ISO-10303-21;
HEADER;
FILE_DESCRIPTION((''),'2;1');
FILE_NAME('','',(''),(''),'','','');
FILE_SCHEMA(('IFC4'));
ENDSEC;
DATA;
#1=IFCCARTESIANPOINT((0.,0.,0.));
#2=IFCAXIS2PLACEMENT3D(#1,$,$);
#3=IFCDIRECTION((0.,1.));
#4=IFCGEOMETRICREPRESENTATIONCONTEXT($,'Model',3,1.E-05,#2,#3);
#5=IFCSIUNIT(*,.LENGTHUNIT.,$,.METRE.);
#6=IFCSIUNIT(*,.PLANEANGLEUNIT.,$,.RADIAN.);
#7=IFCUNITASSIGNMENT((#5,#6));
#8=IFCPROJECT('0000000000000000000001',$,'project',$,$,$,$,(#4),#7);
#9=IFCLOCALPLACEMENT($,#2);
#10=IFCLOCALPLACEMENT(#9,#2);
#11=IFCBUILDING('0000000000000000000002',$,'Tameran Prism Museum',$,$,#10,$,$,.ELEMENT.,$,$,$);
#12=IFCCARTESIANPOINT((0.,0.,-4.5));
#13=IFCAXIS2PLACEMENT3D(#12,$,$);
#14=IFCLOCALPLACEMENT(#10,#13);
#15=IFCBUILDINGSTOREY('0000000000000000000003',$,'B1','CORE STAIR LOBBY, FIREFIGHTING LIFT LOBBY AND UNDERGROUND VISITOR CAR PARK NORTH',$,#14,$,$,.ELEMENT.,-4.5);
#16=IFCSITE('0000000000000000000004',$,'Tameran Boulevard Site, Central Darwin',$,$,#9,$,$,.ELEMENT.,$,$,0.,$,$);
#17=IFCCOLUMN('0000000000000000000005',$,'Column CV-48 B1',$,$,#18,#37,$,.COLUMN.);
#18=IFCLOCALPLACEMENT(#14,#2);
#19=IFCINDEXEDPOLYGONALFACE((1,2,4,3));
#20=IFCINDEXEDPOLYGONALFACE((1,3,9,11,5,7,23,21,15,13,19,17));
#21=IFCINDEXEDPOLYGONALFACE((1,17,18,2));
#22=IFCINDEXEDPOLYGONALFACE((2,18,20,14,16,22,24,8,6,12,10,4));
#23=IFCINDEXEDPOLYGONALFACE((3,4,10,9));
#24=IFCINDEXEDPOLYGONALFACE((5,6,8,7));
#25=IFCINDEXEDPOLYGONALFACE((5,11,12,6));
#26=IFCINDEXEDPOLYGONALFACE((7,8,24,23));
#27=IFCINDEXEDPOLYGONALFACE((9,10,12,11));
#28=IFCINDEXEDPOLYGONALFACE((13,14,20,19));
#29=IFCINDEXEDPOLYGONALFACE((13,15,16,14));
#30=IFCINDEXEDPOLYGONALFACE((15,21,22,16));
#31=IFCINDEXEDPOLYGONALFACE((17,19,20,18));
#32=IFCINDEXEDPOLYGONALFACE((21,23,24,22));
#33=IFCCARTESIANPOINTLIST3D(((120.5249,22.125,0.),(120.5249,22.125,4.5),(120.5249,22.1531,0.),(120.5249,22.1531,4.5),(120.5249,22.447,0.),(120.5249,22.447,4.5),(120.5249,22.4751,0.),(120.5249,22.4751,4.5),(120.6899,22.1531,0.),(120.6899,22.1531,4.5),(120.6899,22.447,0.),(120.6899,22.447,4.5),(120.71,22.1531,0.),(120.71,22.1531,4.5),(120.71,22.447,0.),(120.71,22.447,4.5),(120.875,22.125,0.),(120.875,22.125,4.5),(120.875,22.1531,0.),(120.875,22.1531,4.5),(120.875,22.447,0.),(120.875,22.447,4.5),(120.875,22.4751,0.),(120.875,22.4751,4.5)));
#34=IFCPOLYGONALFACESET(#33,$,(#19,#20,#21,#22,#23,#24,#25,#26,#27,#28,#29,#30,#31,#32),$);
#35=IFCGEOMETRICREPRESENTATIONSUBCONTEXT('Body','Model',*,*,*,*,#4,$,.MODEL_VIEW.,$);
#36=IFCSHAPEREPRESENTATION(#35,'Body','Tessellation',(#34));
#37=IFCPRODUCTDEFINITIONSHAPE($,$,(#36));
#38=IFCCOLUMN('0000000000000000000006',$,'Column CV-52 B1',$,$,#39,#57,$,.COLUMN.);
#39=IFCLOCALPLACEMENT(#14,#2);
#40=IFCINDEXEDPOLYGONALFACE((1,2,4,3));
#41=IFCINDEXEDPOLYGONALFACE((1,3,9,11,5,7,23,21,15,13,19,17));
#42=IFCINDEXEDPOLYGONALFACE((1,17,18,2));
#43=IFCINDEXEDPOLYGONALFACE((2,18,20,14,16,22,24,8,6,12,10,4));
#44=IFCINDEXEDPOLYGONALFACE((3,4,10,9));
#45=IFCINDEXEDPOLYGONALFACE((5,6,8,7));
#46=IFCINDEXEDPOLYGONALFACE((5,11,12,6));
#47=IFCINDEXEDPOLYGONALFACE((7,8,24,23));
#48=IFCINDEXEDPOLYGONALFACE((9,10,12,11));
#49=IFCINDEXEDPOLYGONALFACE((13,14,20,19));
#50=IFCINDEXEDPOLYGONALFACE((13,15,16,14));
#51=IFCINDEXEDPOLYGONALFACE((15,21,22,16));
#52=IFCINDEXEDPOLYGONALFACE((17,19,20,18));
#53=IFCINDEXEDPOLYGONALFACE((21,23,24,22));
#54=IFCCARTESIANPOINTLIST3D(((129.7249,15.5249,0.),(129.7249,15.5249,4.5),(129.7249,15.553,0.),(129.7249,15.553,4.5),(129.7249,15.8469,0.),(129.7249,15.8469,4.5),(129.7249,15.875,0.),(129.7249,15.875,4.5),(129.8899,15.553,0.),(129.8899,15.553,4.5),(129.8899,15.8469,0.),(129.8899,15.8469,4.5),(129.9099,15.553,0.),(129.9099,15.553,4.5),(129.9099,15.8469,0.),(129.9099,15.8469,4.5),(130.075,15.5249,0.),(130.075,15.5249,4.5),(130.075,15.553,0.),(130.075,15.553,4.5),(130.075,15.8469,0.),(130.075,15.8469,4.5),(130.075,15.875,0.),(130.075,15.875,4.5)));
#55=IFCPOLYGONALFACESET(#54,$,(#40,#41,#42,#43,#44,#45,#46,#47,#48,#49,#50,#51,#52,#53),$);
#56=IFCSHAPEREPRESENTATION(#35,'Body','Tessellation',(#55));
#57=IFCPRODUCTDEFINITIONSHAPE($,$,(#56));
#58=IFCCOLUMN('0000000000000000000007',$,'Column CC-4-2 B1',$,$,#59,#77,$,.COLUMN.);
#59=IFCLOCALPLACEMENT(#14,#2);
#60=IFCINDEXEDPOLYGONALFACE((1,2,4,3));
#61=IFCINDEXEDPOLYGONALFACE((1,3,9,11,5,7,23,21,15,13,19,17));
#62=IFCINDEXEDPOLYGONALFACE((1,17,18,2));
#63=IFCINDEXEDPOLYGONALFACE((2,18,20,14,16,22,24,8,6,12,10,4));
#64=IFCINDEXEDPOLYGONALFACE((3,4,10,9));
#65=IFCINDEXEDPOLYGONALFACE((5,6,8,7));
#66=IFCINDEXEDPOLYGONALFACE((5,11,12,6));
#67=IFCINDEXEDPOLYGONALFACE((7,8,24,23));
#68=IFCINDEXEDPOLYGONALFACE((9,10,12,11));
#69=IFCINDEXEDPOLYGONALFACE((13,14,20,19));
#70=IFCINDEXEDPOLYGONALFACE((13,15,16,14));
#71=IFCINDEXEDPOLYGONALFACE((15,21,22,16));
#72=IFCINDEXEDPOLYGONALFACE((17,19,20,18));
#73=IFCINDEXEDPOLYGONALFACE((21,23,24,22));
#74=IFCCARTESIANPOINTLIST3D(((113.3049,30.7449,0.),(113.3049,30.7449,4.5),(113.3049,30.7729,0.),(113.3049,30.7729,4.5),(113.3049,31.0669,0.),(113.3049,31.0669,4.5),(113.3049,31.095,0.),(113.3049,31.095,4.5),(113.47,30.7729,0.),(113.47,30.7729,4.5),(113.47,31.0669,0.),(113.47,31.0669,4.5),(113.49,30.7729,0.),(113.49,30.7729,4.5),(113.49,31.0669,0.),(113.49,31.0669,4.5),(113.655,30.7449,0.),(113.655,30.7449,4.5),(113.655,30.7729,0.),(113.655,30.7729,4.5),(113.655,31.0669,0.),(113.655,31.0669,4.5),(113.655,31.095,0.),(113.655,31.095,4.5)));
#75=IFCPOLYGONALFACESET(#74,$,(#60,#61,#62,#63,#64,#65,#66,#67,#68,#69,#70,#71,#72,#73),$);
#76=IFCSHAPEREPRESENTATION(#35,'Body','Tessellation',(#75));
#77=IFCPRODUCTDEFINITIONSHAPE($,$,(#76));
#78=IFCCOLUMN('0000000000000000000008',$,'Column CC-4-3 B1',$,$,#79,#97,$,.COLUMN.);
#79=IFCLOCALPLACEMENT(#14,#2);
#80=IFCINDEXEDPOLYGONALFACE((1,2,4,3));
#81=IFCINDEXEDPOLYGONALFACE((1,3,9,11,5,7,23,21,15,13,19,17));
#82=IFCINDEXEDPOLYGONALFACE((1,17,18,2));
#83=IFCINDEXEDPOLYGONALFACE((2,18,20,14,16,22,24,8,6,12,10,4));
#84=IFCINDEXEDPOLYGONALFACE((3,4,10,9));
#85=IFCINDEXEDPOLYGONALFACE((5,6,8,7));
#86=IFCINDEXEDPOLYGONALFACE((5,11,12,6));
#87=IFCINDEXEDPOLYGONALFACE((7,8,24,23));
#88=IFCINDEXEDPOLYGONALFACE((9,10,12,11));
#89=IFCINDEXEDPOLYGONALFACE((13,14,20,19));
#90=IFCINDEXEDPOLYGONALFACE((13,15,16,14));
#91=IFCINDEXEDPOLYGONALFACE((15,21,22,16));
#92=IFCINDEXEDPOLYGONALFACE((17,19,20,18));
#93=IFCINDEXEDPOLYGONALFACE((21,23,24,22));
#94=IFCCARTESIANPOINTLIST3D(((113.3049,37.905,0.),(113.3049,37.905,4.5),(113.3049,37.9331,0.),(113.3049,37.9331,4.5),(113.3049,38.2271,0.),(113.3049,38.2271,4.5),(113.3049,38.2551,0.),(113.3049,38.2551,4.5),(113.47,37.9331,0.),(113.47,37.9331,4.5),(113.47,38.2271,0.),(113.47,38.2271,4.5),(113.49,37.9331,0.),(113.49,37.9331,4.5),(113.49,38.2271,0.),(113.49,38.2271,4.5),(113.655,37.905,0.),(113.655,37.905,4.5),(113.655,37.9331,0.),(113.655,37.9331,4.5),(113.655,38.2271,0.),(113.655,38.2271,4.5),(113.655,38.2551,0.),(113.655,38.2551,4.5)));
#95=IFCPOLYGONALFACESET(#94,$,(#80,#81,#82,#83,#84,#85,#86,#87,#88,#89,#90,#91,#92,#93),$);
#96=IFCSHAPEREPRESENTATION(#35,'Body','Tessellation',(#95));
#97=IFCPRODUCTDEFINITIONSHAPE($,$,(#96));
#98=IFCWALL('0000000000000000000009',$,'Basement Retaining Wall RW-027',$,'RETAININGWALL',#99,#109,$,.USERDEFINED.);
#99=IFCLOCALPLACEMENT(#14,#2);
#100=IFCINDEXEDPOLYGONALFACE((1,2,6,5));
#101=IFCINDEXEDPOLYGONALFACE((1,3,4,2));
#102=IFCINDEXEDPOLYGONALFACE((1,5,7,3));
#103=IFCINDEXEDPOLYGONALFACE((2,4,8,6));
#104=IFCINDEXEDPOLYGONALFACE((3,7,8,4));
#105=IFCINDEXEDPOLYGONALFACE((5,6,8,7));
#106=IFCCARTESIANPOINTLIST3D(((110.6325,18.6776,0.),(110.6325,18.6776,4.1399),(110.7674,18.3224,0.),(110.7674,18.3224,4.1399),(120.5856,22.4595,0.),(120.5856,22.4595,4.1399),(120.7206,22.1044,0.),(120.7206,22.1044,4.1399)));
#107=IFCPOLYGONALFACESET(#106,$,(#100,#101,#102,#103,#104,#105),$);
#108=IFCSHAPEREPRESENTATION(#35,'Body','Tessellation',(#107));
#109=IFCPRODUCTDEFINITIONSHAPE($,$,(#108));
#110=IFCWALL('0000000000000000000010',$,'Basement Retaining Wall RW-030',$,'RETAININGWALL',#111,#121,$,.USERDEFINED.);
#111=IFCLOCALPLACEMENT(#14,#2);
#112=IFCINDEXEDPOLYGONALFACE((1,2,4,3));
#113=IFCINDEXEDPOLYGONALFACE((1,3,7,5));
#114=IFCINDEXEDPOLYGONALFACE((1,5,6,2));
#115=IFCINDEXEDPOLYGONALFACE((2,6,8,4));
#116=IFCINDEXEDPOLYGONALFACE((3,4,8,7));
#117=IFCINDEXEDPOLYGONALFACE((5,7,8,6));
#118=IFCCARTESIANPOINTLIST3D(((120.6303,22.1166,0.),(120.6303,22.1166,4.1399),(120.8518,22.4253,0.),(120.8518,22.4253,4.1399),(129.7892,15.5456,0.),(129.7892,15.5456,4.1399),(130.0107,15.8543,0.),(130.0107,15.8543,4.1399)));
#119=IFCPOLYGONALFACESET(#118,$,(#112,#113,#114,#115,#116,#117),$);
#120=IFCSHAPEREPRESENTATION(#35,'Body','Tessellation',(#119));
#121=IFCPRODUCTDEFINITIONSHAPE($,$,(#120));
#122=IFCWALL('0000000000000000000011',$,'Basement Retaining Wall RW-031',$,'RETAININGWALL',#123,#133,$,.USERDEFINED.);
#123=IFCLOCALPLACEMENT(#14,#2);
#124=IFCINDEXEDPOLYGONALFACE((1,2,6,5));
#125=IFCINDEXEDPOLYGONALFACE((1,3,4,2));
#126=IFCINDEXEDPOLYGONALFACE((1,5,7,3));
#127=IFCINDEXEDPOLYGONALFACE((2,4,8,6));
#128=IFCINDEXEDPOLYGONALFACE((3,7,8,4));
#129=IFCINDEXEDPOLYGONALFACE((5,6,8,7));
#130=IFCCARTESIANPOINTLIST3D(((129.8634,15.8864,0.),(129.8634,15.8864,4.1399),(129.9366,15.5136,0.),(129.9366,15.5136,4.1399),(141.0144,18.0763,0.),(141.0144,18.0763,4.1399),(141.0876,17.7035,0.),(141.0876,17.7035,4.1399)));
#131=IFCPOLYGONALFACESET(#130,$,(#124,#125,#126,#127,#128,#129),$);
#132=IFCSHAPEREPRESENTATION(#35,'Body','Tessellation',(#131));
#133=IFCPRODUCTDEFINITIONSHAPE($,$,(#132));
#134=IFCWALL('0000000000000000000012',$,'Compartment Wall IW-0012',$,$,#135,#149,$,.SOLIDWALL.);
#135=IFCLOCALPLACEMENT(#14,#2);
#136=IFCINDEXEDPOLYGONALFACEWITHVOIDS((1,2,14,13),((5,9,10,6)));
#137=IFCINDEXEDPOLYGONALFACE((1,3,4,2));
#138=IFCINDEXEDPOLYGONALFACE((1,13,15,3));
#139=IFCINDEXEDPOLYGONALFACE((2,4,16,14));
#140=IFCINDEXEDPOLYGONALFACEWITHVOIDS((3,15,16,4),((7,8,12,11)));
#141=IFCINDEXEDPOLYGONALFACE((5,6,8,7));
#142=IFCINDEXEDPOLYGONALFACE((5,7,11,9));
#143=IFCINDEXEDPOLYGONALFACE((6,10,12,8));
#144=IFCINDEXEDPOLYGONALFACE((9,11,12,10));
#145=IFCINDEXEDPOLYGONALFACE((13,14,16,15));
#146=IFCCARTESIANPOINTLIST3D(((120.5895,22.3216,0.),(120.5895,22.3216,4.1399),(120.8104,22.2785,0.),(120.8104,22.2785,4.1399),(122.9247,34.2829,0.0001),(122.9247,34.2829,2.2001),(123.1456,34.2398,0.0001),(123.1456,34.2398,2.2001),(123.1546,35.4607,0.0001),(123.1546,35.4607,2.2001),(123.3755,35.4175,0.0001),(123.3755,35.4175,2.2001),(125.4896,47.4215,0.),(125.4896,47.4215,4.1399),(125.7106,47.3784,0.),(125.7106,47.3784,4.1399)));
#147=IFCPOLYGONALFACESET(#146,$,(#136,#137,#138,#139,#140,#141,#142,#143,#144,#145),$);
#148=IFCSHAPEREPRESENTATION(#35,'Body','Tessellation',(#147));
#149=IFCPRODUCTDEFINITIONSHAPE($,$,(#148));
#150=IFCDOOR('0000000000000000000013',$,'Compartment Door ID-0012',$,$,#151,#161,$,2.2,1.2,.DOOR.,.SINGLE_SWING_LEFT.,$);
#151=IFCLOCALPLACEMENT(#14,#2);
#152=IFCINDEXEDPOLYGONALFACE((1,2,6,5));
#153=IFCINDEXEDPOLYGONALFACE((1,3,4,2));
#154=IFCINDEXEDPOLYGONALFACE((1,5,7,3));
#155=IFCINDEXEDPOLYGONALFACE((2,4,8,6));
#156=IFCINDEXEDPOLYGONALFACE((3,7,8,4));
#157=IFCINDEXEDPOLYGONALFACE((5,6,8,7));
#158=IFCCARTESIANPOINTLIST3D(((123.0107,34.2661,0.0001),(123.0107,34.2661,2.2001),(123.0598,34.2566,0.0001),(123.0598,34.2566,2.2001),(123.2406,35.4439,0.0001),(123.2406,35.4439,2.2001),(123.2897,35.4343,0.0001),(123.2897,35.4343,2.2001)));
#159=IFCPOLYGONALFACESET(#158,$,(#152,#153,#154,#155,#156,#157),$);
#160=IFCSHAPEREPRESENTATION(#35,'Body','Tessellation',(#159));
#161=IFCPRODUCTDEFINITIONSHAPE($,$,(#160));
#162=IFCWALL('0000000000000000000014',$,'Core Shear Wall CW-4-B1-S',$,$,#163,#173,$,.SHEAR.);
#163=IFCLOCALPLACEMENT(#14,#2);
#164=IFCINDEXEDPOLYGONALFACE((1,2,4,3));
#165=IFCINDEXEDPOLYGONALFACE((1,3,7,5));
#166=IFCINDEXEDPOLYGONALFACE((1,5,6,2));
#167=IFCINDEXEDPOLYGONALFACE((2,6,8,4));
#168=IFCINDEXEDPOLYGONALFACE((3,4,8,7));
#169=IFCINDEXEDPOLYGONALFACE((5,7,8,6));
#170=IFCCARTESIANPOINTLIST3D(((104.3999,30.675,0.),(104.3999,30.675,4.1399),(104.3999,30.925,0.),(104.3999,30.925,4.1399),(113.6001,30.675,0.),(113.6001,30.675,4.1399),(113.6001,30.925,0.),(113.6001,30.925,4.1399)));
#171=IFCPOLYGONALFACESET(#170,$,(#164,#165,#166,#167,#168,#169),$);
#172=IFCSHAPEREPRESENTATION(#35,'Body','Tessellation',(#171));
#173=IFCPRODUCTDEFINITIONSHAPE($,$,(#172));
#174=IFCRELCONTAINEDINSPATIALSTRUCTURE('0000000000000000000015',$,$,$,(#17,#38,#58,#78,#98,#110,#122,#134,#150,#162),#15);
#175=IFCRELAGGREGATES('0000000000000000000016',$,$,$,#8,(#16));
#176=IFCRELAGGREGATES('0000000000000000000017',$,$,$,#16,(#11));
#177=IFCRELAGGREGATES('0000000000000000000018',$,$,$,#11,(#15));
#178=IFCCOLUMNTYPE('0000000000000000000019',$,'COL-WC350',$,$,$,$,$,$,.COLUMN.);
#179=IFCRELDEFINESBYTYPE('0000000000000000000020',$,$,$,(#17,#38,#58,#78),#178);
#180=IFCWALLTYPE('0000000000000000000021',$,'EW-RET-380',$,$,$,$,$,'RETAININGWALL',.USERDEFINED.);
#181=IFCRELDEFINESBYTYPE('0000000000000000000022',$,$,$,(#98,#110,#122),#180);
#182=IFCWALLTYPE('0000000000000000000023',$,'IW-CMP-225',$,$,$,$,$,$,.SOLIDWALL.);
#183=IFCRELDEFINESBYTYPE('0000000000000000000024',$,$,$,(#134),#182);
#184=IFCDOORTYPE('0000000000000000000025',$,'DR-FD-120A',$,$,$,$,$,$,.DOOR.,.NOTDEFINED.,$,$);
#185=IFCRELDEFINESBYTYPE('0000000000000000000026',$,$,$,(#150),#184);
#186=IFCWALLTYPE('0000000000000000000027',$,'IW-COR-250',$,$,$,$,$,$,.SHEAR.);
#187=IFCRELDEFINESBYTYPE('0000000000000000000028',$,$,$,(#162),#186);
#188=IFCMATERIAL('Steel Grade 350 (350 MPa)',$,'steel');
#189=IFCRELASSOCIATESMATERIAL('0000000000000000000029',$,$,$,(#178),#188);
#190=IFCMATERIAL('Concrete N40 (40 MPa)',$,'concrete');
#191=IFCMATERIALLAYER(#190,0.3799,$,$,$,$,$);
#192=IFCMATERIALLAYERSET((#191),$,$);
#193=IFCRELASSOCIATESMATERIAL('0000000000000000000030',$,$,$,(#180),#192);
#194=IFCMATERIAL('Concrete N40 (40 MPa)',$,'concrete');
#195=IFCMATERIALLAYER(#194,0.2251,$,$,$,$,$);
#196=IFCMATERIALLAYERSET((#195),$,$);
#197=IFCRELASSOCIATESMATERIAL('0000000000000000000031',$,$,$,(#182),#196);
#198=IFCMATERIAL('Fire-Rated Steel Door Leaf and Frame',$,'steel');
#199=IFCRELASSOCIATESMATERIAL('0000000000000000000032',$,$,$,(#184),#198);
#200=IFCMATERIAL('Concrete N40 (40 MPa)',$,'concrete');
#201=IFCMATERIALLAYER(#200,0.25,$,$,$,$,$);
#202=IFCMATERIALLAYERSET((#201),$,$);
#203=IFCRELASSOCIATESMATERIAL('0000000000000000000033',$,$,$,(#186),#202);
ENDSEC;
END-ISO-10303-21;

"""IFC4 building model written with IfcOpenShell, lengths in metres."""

from ifc_helpers import new_model, si_unit, direction, frame, frame_2d, origin, origin_2d, place, context, subcontext, project, spatial, rectangle, i_section, extrude, material, layer, layer_set, material_profile, profile_set, type_object, element, fill, save


model = new_model("IFC4")

# Units and contexts
model_context = context("Model", 3, precision=1e-05, world=origin(), true_north=direction((0.0, 1.0)))
body_context = subcontext(model_context, "Body", "Model", "MODEL_VIEW")
ifc_project = project(units=[si_unit("LENGTHUNIT", "METRE"), si_unit("PLANEANGLEUNIT", "RADIAN")], contexts=[model_context])

# Site, building, storey
site_placement = place(None, origin())
site = spatial("IfcSite", under=ifc_project, at=site_placement, Name="Tameran Boulevard Site, Central Darwin", CompositionType="ELEMENT", RefElevation=0.0)
building_placement = place(site_placement, origin())
building = spatial("IfcBuilding", under=site, at=building_placement, Name="Tameran Prism Museum", CompositionType="ELEMENT")
storey_placement = place(building_placement, frame((0.0, 0.0, -4.5)))
storey = spatial("IfcBuildingStorey", under=building, at=storey_placement, Name="B1", Description="CORE STAIR LOBBY, FIREFIGHTING LIFT LOBBY AND UNDERGROUND VISITOR CAR PARK NORTH", CompositionType="ELEMENT", Elevation=-4.5)

# Columns
ifc_material_1 = material(Name="Steel Grade 350 (350 MPa)", Category="steel")
ifc_material_profile_1 = material_profile(ifc_material_1, i_section(OverallWidth=0.3501, OverallDepth=0.3501, WebThickness=0.02, FlangeThickness=0.0281, at=origin_2d()))
ifc_profile_set_1 = profile_set([ifc_material_profile_1])
column_type = type_object("IfcColumnType", Name="COL-WC350", PredefinedType="COLUMN", material=ifc_profile_set_1)
for number, where, z_axis, x_axis, name in (
    (1, (120.7, 22.3, 0.0), (0.0, 0.0, 1.0), (1.0, 0.0, 0.0), "Column CV-48 B1"),
    (2, (129.8999, 15.7, 0.0), (0.0, 0.0, 1.0), (1.0, 0.0, 0.0), "Column CV-52 B1"),
    (3, (113.48, 30.9199, 0.0), (0.0, 0.0, 1.0), (1.0, 0.0, 0.0), "Column CC-4-2 B1"),
    (4, (113.48, 38.0801, 0.0), (0.0, 0.0, 1.0), (1.0, 0.0, 0.0), "Column CC-4-3 B1"),
):
    element("IfcColumn", number, at=place(storey_placement, frame(where, z_axis=z_axis, x_axis=x_axis)), inside=storey, type_object=column_type, Name=name, PredefinedType="COLUMN", context=body_context, shape_type="SweptSolid", body=[
        extrude(i_section(OverallWidth=0.3501, OverallDepth=0.3501, WebThickness=0.02, FlangeThickness=0.0281, at=origin_2d()), origin(), (0.0, 0.0, 1.0), 4.5),
    ])

# Walls
ifc_material_2 = material(Name="Concrete N40 (40 MPa)", Category="concrete")
ifc_layer_1 = layer(ifc_material_2, 0.3799)
ifc_layer_set_1 = layer_set([ifc_layer_1])
wall_type_1 = type_object("IfcWallType", Name="EW-RET-380", ElementType="RETAININGWALL", PredefinedType="USERDEFINED", material=ifc_layer_set_1)
wall_1_placement = place(storey_placement, frame((110.7, 18.5, 0.0), z_axis=(0.0, 0.0, 1.0), x_axis=(0.93479, 0.355201, 0.0)))
element("IfcWall", 5, at=wall_1_placement, inside=storey, type_object=wall_type_1, Name="Basement Retaining Wall RW-027", ObjectType="RETAININGWALL", PredefinedType="USERDEFINED", context=body_context, shape_type="SweptSolid", body=[
    extrude(rectangle(XDim=10.6475, YDim=0.3799, at=frame_2d((5.3237, 0.0))), origin(), (0.0, 0.0, 1.0), 4.1399),
])
wall_2_placement = place(storey_placement, frame((120.741, 22.271, 0.0), z_axis=(0.0, 0.0, 1.0), x_axis=(0.812517, -0.582937, 0.0)))
element("IfcWall", 6, at=wall_2_placement, inside=storey, type_object=wall_type_1, Name="Basement Retaining Wall RW-030", ObjectType="RETAININGWALL", PredefinedType="USERDEFINED", context=body_context, shape_type="SweptSolid", body=[
    extrude(rectangle(XDim=11.2722, YDim=0.3799, at=frame_2d((5.6362, 0.0))), origin(), (0.0, 0.0, 1.0), 4.1399),
])
wall_3_placement = place(storey_placement, frame((129.8999, 15.7, 0.0), z_axis=(0.0, 0.0, 1.0), x_axis=(0.981256, 0.192707, 0.0)))
element("IfcWall", 7, at=wall_3_placement, inside=storey, type_object=wall_type_1, Name="Basement Retaining Wall RW-031", ObjectType="RETAININGWALL", PredefinedType="USERDEFINED", context=body_context, shape_type="SweptSolid", body=[
    extrude(rectangle(XDim=11.364, YDim=0.3799, at=frame_2d((5.6821, 0.0))), origin(), (0.0, 0.0, 1.0), 4.1399),
])

# Wall, opening, door
ifc_material_3 = material(Name="Concrete N40 (40 MPa)", Category="concrete")
ifc_layer_2 = layer(ifc_material_3, 0.2251)
ifc_layer_set_2 = layer_set([ifc_layer_2])
wall_type_2 = type_object("IfcWallType", Name="IW-CMP-225", PredefinedType="SOLIDWALL", material=ifc_layer_set_2)
wall_4_placement = place(storey_placement, frame((120.7, 22.3, 0.0), z_axis=(0.0, 0.0, 1.0), x_axis=(0.191609, 0.981471, 0.0)))
wall_4 = element("IfcWall", 8, at=wall_4_placement, inside=storey, type_object=wall_type_2, Name="Compartment Wall IW-0012", PredefinedType="SOLIDWALL", context=body_context, shape_type="SweptSolid", body=[
    extrude(rectangle(XDim=25.5737, YDim=0.2251, at=frame_2d((12.7869, 0.0))), origin(), (0.0, 0.0, 1.0), 4.1399),
])
opening_1_placement = place(wall_4_placement, frame((12.187, 0.0, 0.0)))
opening_1 = element("IfcOpeningElement", 9, at=opening_1_placement, cuts=wall_4, PredefinedType="OPENING", context=body_context, shape_type="SweptSolid", body=[
    extrude(rectangle(XDim=1.2, YDim=2.2, at=frame_2d((0.6001, 1.1001))), frame((0.0, 0.1226, 0.0), z_axis=(0.0, -1.0, 0.0), x_axis=(1.0, 0.0, 0.0)), (0.0, 0.0, 1.0), 0.2451),
])
ifc_material_4 = material(Name="Fire-Rated Steel Door Leaf and Frame", Category="steel")
door_type_1 = type_object("IfcDoorType", Name="DR-FD-120A", OperationType="NOTDEFINED", PredefinedType="DOOR", material=ifc_material_4)
door_1_placement = place(opening_1_placement, origin())
door_1 = element("IfcDoor", 10, at=door_1_placement, inside=storey, type_object=door_type_1, Name="Compartment Door ID-0012", OperationType="SINGLE_SWING_LEFT", OverallHeight=2.2, OverallWidth=1.2, PredefinedType="DOOR", context=body_context, shape_type="SweptSolid", body=[
    extrude(rectangle(XDim=1.2, YDim=2.2, at=frame_2d((0.6001, 1.1001))), frame((0.0, 0.0249, 0.0), z_axis=(0.0, -1.0, 0.0), x_axis=(1.0, 0.0, 0.0)), (0.0, 0.0, 1.0), 0.05),
])
fill(opening_1, door_1)

# Wall
ifc_material_5 = material(Name="Concrete N40 (40 MPa)", Category="concrete")
ifc_layer_3 = layer(ifc_material_5, 0.25)
ifc_layer_set_3 = layer_set([ifc_layer_3])
wall_type_3 = type_object("IfcWallType", Name="IW-COR-250", PredefinedType="SHEAR", material=ifc_layer_set_3)
wall_5_placement = place(storey_placement, frame((113.6001, 30.8, 0.0), z_axis=(0.0, 0.0, 1.0), x_axis=(-1.0, 0.0, 0.0)))
element("IfcWall", 11, at=wall_5_placement, inside=storey, type_object=wall_type_3, Name="Core Shear Wall CW-4-B1-S", PredefinedType="SHEAR", context=body_context, shape_type="SweptSolid", body=[
    extrude(rectangle(XDim=9.2002, YDim=0.25, at=frame_2d((4.6001, 0.0))), origin(), (0.0, 0.0, 1.0), 4.1399),
])

save(model, "model.ifc")
